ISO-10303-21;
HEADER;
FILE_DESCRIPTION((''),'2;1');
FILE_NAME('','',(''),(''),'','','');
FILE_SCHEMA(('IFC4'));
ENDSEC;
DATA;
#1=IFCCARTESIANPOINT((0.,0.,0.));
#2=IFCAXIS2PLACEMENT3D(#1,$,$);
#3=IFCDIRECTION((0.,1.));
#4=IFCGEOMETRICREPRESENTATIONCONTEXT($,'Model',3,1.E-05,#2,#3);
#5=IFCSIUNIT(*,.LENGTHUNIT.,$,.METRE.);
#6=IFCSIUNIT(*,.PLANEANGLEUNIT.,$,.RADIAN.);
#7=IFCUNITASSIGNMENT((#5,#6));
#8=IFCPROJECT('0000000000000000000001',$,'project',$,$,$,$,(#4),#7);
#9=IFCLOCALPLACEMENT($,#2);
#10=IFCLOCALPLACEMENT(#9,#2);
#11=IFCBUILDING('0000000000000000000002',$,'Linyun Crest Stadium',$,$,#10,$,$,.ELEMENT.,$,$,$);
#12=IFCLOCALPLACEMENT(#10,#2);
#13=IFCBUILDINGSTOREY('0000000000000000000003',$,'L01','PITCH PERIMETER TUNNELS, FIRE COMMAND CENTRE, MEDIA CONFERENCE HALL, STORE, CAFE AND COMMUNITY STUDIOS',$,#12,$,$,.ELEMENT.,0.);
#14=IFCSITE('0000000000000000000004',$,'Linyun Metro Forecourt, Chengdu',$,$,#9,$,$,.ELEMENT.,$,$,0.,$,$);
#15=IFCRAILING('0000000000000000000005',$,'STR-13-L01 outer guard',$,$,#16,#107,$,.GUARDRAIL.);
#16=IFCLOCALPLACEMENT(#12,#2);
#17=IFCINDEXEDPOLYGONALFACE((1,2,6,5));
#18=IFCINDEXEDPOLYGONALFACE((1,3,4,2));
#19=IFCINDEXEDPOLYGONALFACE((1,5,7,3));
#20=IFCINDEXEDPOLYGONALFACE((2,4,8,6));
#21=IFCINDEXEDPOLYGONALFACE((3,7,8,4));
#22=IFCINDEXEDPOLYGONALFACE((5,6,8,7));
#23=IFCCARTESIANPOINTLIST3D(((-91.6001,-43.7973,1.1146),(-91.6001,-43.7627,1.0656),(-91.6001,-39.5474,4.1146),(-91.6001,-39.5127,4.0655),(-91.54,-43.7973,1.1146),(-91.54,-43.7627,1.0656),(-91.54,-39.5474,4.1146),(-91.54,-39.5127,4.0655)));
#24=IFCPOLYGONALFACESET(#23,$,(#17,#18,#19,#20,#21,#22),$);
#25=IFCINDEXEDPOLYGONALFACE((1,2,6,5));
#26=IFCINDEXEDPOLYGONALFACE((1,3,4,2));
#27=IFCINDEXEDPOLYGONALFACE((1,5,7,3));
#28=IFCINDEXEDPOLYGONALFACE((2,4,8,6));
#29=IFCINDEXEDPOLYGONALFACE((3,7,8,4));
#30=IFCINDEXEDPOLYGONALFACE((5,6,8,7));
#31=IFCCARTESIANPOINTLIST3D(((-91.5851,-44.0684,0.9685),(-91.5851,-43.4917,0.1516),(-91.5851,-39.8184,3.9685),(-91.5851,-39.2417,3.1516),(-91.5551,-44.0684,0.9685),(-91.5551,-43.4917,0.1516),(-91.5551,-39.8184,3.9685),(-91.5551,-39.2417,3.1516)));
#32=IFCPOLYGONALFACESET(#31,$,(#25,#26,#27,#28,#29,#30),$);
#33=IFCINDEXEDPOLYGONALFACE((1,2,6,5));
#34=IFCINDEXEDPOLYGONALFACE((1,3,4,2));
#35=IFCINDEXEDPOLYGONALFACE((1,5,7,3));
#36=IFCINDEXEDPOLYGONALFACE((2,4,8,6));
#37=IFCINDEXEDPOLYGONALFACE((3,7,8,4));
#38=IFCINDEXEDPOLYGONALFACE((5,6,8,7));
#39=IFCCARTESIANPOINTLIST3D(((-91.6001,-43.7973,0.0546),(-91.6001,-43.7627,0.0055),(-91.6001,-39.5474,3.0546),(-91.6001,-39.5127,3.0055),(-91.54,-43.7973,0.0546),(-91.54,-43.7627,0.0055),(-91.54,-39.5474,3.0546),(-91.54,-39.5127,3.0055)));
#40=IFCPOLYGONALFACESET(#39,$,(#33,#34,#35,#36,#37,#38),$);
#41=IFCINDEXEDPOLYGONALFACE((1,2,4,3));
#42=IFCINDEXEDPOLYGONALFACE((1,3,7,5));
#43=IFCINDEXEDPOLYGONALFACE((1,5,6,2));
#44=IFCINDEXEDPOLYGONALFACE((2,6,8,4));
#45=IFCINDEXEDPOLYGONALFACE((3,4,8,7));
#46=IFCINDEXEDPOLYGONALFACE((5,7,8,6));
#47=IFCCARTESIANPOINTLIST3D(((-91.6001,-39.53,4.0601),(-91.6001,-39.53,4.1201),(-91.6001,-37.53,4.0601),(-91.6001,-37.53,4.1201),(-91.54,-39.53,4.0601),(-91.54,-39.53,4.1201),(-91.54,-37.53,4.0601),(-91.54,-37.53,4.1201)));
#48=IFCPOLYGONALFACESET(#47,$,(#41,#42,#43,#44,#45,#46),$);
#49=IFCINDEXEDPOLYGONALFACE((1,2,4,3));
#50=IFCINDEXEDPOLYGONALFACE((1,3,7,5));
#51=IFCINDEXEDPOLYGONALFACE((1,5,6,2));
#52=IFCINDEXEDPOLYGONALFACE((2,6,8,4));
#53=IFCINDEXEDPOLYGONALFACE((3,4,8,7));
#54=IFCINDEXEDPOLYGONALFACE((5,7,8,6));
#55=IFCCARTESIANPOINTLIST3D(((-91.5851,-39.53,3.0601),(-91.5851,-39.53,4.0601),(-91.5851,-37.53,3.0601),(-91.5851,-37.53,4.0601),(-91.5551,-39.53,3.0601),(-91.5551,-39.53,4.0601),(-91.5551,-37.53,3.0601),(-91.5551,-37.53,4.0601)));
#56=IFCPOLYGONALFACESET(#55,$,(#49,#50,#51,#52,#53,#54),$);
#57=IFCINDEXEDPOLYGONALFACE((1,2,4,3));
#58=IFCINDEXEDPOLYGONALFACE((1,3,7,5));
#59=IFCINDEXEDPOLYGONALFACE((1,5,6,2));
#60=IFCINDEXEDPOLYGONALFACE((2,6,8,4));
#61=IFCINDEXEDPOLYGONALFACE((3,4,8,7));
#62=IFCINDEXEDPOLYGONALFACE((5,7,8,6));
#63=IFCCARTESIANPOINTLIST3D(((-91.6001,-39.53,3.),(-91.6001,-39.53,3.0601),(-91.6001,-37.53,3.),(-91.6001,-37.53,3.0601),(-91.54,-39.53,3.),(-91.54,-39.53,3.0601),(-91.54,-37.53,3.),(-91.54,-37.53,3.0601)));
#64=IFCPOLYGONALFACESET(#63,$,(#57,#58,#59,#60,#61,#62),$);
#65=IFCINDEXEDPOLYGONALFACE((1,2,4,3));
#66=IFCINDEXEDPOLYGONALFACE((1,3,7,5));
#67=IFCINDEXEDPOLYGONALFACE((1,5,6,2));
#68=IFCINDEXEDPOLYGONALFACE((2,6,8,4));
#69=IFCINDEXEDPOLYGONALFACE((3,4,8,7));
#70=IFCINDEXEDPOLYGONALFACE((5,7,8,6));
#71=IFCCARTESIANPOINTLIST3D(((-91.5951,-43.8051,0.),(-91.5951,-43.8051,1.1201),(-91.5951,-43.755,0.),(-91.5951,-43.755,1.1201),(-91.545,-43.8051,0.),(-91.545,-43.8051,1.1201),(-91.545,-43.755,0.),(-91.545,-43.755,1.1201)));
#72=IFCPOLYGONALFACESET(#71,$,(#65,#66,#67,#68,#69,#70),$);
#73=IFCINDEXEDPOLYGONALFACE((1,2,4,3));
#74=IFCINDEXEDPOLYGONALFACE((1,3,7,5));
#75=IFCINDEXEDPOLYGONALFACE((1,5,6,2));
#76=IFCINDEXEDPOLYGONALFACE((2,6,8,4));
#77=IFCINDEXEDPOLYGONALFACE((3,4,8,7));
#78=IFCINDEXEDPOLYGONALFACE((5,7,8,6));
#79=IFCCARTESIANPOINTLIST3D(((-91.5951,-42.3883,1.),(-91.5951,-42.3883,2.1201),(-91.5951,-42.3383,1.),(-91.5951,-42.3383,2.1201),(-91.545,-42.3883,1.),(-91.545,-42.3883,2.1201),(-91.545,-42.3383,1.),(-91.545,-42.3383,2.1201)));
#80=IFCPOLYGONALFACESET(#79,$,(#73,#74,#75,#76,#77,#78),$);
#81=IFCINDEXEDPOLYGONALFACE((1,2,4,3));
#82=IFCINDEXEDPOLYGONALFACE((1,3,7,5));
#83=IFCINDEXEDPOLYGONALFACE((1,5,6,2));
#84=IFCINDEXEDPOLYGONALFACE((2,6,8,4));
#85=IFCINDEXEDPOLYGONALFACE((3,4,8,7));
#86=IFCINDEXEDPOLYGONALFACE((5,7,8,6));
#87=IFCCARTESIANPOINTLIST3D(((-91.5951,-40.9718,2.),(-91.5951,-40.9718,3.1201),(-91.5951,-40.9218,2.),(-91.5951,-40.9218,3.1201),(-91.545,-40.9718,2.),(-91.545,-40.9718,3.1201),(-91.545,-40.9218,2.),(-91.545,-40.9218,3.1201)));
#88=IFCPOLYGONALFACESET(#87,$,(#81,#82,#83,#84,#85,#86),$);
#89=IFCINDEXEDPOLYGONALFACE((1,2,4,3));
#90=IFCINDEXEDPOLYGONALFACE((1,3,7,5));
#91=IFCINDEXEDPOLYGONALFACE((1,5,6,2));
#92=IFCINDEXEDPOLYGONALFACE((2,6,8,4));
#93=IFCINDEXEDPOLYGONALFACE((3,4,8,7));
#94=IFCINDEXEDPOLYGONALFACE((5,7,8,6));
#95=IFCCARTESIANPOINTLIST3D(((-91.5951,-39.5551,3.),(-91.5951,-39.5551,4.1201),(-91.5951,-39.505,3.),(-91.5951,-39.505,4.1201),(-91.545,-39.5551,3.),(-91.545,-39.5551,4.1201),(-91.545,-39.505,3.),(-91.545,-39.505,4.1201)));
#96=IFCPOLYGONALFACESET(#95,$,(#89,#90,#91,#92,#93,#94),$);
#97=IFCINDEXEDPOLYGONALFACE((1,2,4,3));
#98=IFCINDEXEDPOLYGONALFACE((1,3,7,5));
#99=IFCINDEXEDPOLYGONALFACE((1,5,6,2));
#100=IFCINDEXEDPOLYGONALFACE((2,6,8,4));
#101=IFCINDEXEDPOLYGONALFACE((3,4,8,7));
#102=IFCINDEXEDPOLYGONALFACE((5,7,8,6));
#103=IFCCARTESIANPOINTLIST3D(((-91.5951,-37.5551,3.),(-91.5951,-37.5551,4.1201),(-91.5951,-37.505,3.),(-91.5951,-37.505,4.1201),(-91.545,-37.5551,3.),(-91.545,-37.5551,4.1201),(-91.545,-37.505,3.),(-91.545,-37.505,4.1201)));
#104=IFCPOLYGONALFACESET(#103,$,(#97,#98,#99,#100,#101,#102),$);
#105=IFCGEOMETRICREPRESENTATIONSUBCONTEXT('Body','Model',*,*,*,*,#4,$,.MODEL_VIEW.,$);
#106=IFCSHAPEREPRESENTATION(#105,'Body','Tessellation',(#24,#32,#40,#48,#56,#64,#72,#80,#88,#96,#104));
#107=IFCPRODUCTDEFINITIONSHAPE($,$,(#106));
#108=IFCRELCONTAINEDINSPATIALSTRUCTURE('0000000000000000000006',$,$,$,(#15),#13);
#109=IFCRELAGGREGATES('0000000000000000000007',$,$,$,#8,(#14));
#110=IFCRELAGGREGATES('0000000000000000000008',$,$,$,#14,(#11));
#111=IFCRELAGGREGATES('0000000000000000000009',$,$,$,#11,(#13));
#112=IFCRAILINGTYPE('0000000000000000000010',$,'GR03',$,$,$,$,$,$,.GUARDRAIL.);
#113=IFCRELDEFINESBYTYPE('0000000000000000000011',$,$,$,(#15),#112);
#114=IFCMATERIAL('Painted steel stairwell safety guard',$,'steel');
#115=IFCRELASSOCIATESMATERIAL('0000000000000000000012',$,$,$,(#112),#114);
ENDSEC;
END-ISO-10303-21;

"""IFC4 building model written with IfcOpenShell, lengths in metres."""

from ifc_helpers import new_model, si_unit, direction, frame, origin, origin_2d, place, context, subcontext, project, spatial, rectangle, extrude, material, type_object, element, save


model = new_model("IFC4")

# Units and contexts
model_context = context("Model", 3, precision=1e-05, world=origin(), true_north=direction((0.0, 1.0)))
body_context = subcontext(model_context, "Body", "Model", "MODEL_VIEW")
ifc_project = project(units=[si_unit("LENGTHUNIT", "METRE"), si_unit("PLANEANGLEUNIT", "RADIAN")], contexts=[model_context])

# Site, building, storey
site_placement = place(None, origin())
site = spatial("IfcSite", under=ifc_project, at=site_placement, Name="Linyun Metro Forecourt, Chengdu", CompositionType="ELEMENT", RefElevation=0.0)
building_placement = place(site_placement, origin())
building = spatial("IfcBuilding", under=site, at=building_placement, Name="Linyun Crest Stadium", CompositionType="ELEMENT")
storey_placement = place(building_placement, origin())
storey = spatial("IfcBuildingStorey", under=building, at=storey_placement, Name="L01", Description="PITCH PERIMETER TUNNELS, FIRE COMMAND CENTRE, MEDIA CONFERENCE HALL, STORE, CAFE AND COMMUNITY STUDIOS", CompositionType="ELEMENT", Elevation=0.0)

# Railing
ifc_material_1 = material(Name="Painted steel stairwell safety guard", Category="steel")
railing_type_1 = type_object("IfcRailingType", Name="GR03", PredefinedType="GUARDRAIL", material=ifc_material_1)
railing_1_placement = place(storey_placement, frame((-91.5701, -43.78, 0.0)))
element("IfcRailing", 1, at=railing_1_placement, inside=storey, type_object=railing_type_1, Name="STR-13-L01 outer guard", PredefinedType="GUARDRAIL", context=body_context, shape_type="SweptSolid", body=[
    extrude(rectangle(XDim=0.0601, YDim=0.0601, at=origin_2d()), frame((0.0, 0.0, 1.0901), z_axis=(0.0, 0.816968, 0.576683), x_axis=(-1.0, 0.0, 0.0)), (0.0, 0.0, 1.0), 5.2021),
    extrude(rectangle(XDim=0.03, YDim=1.0, at=origin_2d()), frame((0.0, 0.0, 0.5601), z_axis=(0.0, 0.816968, 0.576683), x_axis=(-1.0, 0.0, 0.0)), (0.0, 0.0, 1.0), 5.2021),
    extrude(rectangle(XDim=0.0601, YDim=0.0601, at=origin_2d()), frame((0.0, 0.0, 0.03), z_axis=(0.0, 0.816968, 0.576683), x_axis=(-1.0, 0.0, 0.0)), (0.0, 0.0, 1.0), 5.2021),
    extrude(rectangle(XDim=0.0601, YDim=0.0601, at=origin_2d()), frame((0.0, 4.25, 4.0901), z_axis=(0.0, 1.0, 0.0), x_axis=(-1.0, 0.0, 0.0)), (0.0, 0.0, 1.0), 2.0),
    extrude(rectangle(XDim=0.03, YDim=1.0, at=origin_2d()), frame((0.0, 4.25, 3.5601), z_axis=(0.0, 1.0, 0.0), x_axis=(-1.0, 0.0, 0.0)), (0.0, 0.0, 1.0), 2.0),
    extrude(rectangle(XDim=0.0601, YDim=0.0601, at=origin_2d()), frame((0.0, 4.25, 3.03), z_axis=(0.0, 1.0, 0.0), x_axis=(-1.0, 0.0, 0.0)), (0.0, 0.0, 1.0), 2.0),
    extrude(rectangle(XDim=0.05, YDim=0.05, at=origin_2d()), origin(), (0.0, 0.0, 1.0), 1.1201),
    extrude(rectangle(XDim=0.05, YDim=0.05, at=origin_2d()), frame((0.0, 1.4167, 1.0)), (0.0, 0.0, 1.0), 1.1201),
    extrude(rectangle(XDim=0.05, YDim=0.05, at=origin_2d()), frame((0.0, 2.8333, 2.0)), (0.0, 0.0, 1.0), 1.1201),
    extrude(rectangle(XDim=0.05, YDim=0.05, at=origin_2d()), frame((0.0, 4.25, 3.0)), (0.0, 0.0, 1.0), 1.1201),
    extrude(rectangle(XDim=0.05, YDim=0.05, at=origin_2d()), frame((0.0, 6.25, 3.0)), (0.0, 0.0, 1.0), 1.1201),
])

save(model, "model.ifc")
